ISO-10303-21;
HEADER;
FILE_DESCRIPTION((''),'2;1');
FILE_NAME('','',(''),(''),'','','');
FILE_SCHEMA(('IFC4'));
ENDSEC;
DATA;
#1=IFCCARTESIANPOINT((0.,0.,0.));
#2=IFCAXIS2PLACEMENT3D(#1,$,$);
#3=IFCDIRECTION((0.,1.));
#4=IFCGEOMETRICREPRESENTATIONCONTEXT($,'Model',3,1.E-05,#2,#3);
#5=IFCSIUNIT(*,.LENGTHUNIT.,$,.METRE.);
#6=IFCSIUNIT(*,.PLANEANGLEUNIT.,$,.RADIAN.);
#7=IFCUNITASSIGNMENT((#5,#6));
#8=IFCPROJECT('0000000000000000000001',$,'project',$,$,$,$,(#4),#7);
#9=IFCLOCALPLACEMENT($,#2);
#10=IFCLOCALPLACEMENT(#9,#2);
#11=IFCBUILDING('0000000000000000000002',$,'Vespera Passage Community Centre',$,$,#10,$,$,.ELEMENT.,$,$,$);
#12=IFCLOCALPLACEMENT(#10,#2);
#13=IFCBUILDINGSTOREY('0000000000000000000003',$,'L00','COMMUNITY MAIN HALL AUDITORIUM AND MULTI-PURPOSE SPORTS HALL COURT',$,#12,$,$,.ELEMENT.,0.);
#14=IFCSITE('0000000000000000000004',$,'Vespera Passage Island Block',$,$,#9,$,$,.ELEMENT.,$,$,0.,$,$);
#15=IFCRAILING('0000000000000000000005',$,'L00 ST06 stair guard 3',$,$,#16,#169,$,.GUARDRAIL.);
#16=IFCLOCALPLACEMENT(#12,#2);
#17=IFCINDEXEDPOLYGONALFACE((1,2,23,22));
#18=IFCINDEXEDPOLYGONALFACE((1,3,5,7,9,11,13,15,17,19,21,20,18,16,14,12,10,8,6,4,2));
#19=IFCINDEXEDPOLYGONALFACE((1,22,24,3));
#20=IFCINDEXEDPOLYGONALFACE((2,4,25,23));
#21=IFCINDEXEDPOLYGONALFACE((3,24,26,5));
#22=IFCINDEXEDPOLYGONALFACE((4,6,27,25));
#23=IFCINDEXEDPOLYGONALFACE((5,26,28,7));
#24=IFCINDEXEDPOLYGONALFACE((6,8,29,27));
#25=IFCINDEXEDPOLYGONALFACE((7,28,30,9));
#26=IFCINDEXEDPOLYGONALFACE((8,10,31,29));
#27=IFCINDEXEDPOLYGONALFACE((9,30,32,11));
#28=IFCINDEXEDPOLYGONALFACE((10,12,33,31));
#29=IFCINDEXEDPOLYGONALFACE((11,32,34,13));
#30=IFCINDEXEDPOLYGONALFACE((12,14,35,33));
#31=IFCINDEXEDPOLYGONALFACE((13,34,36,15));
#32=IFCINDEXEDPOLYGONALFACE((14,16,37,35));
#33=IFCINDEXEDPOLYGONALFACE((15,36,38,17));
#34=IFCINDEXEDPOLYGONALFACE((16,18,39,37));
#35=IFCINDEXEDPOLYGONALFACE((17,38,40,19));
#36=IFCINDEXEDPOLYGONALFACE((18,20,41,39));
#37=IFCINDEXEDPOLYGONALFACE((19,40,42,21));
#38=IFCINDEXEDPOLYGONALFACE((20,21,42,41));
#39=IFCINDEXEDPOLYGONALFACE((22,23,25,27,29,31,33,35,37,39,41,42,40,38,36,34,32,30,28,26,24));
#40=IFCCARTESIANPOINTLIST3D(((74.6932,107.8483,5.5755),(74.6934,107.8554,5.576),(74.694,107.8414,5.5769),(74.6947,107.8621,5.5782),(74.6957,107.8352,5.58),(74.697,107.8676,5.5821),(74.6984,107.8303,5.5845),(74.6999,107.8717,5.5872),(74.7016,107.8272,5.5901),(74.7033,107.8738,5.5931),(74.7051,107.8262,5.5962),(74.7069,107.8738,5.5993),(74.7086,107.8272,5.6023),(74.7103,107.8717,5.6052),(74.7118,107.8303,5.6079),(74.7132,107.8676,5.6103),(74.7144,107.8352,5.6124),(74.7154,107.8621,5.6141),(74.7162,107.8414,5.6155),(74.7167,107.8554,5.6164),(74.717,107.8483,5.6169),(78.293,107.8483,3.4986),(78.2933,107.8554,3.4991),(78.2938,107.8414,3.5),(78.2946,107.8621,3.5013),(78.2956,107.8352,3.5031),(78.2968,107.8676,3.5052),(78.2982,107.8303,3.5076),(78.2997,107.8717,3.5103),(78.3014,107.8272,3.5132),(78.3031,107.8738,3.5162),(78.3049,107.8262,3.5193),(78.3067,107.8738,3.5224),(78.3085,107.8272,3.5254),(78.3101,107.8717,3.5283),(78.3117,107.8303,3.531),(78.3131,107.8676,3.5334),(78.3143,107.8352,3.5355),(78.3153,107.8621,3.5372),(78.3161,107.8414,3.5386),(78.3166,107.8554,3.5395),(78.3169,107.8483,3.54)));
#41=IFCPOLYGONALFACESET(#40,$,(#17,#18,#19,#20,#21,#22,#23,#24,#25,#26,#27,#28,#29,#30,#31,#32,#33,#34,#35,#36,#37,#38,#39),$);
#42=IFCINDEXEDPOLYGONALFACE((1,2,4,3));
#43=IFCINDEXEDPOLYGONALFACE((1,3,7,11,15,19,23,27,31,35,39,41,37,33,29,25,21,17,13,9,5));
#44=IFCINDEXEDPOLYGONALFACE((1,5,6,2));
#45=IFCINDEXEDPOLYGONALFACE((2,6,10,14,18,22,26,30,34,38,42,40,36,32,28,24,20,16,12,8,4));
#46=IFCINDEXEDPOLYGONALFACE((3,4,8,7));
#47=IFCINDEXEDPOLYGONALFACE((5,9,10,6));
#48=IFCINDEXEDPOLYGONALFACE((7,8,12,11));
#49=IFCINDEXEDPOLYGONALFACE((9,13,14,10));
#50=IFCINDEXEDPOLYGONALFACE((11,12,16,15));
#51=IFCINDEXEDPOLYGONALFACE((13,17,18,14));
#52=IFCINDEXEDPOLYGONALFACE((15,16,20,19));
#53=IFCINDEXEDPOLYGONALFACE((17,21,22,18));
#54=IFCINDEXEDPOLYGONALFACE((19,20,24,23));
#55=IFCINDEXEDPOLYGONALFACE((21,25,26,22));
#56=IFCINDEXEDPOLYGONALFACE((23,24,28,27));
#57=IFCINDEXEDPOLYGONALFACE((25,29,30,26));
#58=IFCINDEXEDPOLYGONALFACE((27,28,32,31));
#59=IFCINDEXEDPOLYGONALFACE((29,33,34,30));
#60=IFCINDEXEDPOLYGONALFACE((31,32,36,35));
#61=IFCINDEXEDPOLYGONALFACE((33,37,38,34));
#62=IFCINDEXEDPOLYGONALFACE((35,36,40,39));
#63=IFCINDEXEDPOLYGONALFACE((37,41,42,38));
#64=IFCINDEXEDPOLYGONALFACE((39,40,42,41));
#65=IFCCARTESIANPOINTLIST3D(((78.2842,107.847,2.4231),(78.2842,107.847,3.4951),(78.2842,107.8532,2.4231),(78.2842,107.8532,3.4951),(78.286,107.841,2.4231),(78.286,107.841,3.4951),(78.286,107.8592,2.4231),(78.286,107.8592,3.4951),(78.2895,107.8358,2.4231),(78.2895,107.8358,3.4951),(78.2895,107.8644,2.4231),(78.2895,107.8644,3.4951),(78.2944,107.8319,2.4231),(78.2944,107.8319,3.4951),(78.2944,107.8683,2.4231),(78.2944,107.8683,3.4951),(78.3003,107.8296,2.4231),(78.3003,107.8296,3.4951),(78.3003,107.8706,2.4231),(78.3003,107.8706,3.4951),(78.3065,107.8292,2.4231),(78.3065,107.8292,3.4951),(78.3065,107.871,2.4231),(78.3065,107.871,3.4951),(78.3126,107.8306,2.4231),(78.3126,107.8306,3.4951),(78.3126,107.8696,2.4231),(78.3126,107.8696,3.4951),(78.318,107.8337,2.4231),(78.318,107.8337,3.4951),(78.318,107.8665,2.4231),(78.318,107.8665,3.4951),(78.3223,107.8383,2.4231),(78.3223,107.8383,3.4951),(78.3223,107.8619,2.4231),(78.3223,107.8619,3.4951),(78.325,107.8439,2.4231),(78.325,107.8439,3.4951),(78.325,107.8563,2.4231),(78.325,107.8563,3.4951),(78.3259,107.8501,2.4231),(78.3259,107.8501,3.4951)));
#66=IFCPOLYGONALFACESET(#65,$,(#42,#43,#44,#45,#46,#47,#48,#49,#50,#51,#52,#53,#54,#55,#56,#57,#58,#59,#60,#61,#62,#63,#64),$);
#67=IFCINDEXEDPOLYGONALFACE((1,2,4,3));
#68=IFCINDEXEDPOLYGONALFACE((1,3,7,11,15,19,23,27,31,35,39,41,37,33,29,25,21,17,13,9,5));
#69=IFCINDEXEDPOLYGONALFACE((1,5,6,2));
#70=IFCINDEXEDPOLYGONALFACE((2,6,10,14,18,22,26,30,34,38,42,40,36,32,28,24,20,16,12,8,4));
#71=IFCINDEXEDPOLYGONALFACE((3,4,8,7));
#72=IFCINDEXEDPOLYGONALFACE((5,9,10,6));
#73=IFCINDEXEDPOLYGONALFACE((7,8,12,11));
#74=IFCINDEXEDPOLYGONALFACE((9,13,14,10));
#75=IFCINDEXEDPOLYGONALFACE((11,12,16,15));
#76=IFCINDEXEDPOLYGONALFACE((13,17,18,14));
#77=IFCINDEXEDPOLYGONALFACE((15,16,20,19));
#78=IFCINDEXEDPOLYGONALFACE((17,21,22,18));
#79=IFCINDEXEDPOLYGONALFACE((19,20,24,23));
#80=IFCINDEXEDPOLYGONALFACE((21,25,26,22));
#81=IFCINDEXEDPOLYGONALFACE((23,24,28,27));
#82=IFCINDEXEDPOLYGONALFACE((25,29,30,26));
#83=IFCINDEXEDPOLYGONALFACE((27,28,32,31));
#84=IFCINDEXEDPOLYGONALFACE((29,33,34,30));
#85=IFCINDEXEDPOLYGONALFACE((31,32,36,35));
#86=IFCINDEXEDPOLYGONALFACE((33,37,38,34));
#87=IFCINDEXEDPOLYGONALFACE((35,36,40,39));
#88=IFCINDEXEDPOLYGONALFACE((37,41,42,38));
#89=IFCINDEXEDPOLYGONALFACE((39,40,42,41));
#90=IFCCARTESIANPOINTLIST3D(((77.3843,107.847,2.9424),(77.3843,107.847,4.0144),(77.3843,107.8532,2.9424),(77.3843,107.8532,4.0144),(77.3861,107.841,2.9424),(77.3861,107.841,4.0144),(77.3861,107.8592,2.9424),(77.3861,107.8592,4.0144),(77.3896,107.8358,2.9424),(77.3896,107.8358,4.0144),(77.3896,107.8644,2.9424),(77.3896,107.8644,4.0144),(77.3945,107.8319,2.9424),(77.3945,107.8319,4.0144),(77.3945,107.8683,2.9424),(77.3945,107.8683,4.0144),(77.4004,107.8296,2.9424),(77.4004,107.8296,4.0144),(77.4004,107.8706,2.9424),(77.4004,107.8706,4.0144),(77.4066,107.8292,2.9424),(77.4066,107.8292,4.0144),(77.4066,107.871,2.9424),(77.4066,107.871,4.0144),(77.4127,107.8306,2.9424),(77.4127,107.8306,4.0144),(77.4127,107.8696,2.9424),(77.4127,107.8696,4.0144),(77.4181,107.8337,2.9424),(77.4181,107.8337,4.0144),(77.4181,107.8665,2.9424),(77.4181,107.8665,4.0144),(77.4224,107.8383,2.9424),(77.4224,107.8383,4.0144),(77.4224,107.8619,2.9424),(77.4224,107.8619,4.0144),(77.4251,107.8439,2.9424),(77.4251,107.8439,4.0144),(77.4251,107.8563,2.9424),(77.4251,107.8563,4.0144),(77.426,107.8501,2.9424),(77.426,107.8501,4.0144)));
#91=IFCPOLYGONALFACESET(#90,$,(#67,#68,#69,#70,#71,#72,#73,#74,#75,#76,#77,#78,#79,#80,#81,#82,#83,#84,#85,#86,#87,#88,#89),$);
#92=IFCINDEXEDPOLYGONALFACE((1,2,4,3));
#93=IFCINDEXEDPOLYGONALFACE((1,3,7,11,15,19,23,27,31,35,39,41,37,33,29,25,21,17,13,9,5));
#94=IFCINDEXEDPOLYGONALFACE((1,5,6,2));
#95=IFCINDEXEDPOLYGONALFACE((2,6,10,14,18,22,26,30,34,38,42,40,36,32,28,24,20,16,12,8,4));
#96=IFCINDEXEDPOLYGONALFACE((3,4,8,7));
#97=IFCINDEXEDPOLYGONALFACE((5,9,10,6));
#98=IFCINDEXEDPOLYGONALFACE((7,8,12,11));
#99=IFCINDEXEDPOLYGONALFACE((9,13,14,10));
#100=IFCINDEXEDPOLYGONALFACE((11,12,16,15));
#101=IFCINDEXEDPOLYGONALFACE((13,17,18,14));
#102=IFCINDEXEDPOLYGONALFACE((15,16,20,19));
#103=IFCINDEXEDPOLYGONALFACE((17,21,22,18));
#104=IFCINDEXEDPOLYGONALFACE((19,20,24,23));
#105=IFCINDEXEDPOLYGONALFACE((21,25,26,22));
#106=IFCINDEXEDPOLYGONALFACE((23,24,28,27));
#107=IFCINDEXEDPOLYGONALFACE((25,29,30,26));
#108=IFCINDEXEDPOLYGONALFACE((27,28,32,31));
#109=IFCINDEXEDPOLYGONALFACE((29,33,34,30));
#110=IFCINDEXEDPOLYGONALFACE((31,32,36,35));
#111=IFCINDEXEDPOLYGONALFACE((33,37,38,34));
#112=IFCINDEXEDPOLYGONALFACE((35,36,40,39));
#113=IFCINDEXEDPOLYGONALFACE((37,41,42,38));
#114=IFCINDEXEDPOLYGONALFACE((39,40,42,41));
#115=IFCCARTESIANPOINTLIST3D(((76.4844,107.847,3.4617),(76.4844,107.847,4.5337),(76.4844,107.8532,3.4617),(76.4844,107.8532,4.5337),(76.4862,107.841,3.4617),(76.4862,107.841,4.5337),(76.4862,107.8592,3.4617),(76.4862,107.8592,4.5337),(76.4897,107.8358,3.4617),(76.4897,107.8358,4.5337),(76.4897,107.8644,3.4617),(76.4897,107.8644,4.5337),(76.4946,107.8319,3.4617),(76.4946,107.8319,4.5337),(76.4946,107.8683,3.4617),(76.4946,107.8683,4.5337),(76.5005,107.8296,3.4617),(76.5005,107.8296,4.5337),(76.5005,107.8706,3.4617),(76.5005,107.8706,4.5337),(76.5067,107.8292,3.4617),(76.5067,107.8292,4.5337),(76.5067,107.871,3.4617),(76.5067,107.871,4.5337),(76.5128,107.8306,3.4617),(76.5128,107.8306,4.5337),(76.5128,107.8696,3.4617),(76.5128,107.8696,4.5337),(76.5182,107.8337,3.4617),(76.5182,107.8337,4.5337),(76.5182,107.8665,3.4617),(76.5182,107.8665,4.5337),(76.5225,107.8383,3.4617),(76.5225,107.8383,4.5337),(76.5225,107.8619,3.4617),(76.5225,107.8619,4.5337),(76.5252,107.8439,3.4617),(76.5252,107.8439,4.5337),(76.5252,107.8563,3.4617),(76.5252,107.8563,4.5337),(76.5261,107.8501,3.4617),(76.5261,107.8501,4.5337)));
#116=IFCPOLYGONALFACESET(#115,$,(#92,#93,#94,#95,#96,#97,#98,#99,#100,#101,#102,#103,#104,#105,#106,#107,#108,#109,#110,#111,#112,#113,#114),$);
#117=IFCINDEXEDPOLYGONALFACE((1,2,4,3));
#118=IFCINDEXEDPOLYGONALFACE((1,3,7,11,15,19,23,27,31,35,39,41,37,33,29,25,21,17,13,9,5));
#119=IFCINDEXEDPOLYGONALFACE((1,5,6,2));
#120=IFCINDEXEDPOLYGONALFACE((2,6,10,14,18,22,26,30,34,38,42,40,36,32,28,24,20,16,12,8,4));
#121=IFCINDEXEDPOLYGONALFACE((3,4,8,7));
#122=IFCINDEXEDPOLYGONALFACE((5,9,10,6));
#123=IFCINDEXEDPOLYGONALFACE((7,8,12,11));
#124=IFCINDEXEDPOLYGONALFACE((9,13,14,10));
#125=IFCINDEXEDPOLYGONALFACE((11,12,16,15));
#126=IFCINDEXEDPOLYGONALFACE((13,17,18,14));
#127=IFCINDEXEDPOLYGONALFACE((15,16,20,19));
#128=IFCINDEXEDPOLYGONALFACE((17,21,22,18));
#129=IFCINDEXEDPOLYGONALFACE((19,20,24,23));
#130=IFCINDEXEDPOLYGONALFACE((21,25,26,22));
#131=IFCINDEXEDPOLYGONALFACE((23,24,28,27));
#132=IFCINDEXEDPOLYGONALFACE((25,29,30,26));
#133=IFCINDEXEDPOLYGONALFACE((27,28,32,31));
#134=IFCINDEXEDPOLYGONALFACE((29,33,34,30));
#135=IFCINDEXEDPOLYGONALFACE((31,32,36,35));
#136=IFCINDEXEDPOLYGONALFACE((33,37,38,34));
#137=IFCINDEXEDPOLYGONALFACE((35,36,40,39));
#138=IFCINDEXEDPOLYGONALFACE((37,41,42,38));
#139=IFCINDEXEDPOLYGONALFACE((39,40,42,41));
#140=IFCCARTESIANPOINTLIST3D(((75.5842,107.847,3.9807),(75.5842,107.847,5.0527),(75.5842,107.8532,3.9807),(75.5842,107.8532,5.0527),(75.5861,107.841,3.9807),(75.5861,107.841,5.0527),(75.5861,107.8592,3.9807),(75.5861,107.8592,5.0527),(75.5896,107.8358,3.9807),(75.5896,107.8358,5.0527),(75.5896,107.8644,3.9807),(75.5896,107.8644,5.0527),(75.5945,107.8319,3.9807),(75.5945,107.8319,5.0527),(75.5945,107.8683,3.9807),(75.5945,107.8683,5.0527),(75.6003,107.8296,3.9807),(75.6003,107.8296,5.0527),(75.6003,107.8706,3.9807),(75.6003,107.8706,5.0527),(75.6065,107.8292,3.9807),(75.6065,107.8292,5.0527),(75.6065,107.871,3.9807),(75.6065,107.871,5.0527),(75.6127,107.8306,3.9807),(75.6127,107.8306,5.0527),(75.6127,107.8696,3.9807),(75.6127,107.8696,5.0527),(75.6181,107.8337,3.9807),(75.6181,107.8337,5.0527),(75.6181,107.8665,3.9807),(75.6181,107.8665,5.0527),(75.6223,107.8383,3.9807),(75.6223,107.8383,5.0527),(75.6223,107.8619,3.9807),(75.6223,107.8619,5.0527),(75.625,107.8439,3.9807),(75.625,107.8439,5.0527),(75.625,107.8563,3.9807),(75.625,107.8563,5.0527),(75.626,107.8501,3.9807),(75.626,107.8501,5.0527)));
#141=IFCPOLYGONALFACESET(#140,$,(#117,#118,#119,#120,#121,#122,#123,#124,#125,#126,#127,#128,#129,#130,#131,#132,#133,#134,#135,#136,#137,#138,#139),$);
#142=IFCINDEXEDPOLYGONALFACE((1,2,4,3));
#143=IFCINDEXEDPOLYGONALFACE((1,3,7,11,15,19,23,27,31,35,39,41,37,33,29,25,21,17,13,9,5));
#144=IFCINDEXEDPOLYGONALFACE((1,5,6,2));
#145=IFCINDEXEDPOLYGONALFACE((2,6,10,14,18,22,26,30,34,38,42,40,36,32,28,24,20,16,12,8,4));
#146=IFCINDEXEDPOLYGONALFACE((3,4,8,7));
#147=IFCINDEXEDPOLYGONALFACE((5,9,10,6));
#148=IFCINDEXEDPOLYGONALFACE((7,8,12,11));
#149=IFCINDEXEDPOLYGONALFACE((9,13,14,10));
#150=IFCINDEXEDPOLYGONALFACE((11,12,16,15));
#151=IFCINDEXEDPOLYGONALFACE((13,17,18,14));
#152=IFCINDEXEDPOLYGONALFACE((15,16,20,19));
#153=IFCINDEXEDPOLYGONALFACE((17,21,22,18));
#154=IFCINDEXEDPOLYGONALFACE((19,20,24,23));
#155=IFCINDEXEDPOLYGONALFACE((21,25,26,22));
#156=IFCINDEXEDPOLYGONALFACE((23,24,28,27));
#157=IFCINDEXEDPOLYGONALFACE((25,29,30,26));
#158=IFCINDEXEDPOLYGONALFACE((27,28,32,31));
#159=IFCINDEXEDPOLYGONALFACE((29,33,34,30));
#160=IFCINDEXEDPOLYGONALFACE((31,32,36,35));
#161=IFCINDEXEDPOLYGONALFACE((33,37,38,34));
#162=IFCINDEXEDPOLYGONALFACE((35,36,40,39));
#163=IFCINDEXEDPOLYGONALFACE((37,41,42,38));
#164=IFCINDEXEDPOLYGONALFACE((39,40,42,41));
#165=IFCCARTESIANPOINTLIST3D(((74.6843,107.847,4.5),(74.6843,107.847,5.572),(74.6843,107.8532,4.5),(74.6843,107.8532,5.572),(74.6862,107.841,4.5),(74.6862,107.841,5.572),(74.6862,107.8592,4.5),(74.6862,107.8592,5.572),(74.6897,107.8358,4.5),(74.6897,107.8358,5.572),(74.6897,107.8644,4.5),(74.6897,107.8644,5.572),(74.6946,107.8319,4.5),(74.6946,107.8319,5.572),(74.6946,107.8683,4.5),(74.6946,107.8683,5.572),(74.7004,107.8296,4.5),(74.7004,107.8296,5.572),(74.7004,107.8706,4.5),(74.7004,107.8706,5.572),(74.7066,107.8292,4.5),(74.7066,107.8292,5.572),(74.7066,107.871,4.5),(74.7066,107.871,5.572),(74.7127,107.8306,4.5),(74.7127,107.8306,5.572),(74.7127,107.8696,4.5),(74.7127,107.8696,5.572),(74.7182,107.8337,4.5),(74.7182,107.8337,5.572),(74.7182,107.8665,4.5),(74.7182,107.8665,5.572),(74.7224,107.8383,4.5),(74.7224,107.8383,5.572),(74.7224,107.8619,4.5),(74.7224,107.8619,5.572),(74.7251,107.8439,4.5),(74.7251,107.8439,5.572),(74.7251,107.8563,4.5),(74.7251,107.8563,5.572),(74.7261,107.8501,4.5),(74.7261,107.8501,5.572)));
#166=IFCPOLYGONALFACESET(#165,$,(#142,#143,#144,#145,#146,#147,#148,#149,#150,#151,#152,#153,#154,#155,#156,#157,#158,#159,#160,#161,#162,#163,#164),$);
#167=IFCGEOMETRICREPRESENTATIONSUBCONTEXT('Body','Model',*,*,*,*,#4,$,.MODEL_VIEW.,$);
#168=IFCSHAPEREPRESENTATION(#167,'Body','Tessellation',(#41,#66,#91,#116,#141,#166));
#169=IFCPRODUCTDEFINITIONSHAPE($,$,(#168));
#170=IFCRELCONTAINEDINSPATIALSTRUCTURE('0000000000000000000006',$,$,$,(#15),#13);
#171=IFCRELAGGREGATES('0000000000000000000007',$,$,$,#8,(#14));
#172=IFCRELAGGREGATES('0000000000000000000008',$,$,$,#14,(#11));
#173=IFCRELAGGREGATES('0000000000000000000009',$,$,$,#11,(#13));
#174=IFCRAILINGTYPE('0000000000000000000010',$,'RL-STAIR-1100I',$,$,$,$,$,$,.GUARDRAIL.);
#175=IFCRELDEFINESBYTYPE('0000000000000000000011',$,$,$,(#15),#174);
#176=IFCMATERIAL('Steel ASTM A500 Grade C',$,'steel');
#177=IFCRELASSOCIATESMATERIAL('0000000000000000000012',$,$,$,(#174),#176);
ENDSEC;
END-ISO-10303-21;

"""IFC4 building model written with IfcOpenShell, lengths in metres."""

from ifc_helpers import new_model, si_unit, direction, frame, origin, origin_2d, place, context, subcontext, project, spatial, circle, extrude, material, type_object, element, save


model = new_model("IFC4")

# Units and contexts
model_context = context("Model", 3, precision=1e-05, world=origin(), true_north=direction((0.0, 1.0)))
body_context = subcontext(model_context, "Body", "Model", "MODEL_VIEW")
ifc_project = project(units=[si_unit("LENGTHUNIT", "METRE"), si_unit("PLANEANGLEUNIT", "RADIAN")], contexts=[model_context])

# Site, building, storey
site_placement = place(None, origin())
site = spatial("IfcSite", under=ifc_project, at=site_placement, Name="Vespera Passage Island Block", CompositionType="ELEMENT", RefElevation=0.0)
building_placement = place(site_placement, origin())
building = spatial("IfcBuilding", under=site, at=building_placement, Name="Vespera Passage Community Centre", CompositionType="ELEMENT")
storey_placement = place(building_placement, origin())
storey = spatial("IfcBuildingStorey", under=building, at=storey_placement, Name="L00", Description="COMMUNITY MAIN HALL AUDITORIUM AND MULTI-PURPOSE SPORTS HALL COURT", CompositionType="ELEMENT", Elevation=0.0)

# Railing
ifc_material_1 = material(Name="Steel ASTM A500 Grade C", Category="steel")
railing_type_1 = type_object("IfcRailingType", Name="RL-STAIR-1100I", PredefinedType="GUARDRAIL", material=ifc_material_1)
railing_1_placement = place(storey_placement, frame((78.3049, 107.8501, 2.4231)))
element("IfcRailing", 1, at=railing_1_placement, inside=storey, type_object=railing_type_1, Name="L00 ST06 stair guard 3", PredefinedType="GUARDRAIL", context=body_context, shape_type="SweptSolid", body=[
    extrude(circle(Radius=0.0239, at=origin_2d()), frame((0.0, 0.0, 1.0962), z_axis=(-0.866179, 0.0, 0.499734), x_axis=(0.0, -1.0, 0.0)), (0.0, 0.0, 1.0), 4.156),
    extrude(circle(Radius=0.021, at=origin_2d()), origin(), (0.0, 0.0, 1.0), 1.072),
    extrude(circle(Radius=0.021, at=origin_2d()), frame((-0.8999, 0.0, 0.5193)), (0.0, 0.0, 1.0), 1.072),
    extrude(circle(Radius=0.021, at=origin_2d()), frame((-1.7998, 0.0, 1.0386)), (0.0, 0.0, 1.0), 1.072),
    extrude(circle(Radius=0.021, at=origin_2d()), frame((-2.7, 0.0, 1.5576)), (0.0, 0.0, 1.0), 1.072),
    extrude(circle(Radius=0.021, at=origin_2d()), frame((-3.5999, 0.0, 2.0769)), (0.0, 0.0, 1.0), 1.072),
])

save(model, "model.ifc")
